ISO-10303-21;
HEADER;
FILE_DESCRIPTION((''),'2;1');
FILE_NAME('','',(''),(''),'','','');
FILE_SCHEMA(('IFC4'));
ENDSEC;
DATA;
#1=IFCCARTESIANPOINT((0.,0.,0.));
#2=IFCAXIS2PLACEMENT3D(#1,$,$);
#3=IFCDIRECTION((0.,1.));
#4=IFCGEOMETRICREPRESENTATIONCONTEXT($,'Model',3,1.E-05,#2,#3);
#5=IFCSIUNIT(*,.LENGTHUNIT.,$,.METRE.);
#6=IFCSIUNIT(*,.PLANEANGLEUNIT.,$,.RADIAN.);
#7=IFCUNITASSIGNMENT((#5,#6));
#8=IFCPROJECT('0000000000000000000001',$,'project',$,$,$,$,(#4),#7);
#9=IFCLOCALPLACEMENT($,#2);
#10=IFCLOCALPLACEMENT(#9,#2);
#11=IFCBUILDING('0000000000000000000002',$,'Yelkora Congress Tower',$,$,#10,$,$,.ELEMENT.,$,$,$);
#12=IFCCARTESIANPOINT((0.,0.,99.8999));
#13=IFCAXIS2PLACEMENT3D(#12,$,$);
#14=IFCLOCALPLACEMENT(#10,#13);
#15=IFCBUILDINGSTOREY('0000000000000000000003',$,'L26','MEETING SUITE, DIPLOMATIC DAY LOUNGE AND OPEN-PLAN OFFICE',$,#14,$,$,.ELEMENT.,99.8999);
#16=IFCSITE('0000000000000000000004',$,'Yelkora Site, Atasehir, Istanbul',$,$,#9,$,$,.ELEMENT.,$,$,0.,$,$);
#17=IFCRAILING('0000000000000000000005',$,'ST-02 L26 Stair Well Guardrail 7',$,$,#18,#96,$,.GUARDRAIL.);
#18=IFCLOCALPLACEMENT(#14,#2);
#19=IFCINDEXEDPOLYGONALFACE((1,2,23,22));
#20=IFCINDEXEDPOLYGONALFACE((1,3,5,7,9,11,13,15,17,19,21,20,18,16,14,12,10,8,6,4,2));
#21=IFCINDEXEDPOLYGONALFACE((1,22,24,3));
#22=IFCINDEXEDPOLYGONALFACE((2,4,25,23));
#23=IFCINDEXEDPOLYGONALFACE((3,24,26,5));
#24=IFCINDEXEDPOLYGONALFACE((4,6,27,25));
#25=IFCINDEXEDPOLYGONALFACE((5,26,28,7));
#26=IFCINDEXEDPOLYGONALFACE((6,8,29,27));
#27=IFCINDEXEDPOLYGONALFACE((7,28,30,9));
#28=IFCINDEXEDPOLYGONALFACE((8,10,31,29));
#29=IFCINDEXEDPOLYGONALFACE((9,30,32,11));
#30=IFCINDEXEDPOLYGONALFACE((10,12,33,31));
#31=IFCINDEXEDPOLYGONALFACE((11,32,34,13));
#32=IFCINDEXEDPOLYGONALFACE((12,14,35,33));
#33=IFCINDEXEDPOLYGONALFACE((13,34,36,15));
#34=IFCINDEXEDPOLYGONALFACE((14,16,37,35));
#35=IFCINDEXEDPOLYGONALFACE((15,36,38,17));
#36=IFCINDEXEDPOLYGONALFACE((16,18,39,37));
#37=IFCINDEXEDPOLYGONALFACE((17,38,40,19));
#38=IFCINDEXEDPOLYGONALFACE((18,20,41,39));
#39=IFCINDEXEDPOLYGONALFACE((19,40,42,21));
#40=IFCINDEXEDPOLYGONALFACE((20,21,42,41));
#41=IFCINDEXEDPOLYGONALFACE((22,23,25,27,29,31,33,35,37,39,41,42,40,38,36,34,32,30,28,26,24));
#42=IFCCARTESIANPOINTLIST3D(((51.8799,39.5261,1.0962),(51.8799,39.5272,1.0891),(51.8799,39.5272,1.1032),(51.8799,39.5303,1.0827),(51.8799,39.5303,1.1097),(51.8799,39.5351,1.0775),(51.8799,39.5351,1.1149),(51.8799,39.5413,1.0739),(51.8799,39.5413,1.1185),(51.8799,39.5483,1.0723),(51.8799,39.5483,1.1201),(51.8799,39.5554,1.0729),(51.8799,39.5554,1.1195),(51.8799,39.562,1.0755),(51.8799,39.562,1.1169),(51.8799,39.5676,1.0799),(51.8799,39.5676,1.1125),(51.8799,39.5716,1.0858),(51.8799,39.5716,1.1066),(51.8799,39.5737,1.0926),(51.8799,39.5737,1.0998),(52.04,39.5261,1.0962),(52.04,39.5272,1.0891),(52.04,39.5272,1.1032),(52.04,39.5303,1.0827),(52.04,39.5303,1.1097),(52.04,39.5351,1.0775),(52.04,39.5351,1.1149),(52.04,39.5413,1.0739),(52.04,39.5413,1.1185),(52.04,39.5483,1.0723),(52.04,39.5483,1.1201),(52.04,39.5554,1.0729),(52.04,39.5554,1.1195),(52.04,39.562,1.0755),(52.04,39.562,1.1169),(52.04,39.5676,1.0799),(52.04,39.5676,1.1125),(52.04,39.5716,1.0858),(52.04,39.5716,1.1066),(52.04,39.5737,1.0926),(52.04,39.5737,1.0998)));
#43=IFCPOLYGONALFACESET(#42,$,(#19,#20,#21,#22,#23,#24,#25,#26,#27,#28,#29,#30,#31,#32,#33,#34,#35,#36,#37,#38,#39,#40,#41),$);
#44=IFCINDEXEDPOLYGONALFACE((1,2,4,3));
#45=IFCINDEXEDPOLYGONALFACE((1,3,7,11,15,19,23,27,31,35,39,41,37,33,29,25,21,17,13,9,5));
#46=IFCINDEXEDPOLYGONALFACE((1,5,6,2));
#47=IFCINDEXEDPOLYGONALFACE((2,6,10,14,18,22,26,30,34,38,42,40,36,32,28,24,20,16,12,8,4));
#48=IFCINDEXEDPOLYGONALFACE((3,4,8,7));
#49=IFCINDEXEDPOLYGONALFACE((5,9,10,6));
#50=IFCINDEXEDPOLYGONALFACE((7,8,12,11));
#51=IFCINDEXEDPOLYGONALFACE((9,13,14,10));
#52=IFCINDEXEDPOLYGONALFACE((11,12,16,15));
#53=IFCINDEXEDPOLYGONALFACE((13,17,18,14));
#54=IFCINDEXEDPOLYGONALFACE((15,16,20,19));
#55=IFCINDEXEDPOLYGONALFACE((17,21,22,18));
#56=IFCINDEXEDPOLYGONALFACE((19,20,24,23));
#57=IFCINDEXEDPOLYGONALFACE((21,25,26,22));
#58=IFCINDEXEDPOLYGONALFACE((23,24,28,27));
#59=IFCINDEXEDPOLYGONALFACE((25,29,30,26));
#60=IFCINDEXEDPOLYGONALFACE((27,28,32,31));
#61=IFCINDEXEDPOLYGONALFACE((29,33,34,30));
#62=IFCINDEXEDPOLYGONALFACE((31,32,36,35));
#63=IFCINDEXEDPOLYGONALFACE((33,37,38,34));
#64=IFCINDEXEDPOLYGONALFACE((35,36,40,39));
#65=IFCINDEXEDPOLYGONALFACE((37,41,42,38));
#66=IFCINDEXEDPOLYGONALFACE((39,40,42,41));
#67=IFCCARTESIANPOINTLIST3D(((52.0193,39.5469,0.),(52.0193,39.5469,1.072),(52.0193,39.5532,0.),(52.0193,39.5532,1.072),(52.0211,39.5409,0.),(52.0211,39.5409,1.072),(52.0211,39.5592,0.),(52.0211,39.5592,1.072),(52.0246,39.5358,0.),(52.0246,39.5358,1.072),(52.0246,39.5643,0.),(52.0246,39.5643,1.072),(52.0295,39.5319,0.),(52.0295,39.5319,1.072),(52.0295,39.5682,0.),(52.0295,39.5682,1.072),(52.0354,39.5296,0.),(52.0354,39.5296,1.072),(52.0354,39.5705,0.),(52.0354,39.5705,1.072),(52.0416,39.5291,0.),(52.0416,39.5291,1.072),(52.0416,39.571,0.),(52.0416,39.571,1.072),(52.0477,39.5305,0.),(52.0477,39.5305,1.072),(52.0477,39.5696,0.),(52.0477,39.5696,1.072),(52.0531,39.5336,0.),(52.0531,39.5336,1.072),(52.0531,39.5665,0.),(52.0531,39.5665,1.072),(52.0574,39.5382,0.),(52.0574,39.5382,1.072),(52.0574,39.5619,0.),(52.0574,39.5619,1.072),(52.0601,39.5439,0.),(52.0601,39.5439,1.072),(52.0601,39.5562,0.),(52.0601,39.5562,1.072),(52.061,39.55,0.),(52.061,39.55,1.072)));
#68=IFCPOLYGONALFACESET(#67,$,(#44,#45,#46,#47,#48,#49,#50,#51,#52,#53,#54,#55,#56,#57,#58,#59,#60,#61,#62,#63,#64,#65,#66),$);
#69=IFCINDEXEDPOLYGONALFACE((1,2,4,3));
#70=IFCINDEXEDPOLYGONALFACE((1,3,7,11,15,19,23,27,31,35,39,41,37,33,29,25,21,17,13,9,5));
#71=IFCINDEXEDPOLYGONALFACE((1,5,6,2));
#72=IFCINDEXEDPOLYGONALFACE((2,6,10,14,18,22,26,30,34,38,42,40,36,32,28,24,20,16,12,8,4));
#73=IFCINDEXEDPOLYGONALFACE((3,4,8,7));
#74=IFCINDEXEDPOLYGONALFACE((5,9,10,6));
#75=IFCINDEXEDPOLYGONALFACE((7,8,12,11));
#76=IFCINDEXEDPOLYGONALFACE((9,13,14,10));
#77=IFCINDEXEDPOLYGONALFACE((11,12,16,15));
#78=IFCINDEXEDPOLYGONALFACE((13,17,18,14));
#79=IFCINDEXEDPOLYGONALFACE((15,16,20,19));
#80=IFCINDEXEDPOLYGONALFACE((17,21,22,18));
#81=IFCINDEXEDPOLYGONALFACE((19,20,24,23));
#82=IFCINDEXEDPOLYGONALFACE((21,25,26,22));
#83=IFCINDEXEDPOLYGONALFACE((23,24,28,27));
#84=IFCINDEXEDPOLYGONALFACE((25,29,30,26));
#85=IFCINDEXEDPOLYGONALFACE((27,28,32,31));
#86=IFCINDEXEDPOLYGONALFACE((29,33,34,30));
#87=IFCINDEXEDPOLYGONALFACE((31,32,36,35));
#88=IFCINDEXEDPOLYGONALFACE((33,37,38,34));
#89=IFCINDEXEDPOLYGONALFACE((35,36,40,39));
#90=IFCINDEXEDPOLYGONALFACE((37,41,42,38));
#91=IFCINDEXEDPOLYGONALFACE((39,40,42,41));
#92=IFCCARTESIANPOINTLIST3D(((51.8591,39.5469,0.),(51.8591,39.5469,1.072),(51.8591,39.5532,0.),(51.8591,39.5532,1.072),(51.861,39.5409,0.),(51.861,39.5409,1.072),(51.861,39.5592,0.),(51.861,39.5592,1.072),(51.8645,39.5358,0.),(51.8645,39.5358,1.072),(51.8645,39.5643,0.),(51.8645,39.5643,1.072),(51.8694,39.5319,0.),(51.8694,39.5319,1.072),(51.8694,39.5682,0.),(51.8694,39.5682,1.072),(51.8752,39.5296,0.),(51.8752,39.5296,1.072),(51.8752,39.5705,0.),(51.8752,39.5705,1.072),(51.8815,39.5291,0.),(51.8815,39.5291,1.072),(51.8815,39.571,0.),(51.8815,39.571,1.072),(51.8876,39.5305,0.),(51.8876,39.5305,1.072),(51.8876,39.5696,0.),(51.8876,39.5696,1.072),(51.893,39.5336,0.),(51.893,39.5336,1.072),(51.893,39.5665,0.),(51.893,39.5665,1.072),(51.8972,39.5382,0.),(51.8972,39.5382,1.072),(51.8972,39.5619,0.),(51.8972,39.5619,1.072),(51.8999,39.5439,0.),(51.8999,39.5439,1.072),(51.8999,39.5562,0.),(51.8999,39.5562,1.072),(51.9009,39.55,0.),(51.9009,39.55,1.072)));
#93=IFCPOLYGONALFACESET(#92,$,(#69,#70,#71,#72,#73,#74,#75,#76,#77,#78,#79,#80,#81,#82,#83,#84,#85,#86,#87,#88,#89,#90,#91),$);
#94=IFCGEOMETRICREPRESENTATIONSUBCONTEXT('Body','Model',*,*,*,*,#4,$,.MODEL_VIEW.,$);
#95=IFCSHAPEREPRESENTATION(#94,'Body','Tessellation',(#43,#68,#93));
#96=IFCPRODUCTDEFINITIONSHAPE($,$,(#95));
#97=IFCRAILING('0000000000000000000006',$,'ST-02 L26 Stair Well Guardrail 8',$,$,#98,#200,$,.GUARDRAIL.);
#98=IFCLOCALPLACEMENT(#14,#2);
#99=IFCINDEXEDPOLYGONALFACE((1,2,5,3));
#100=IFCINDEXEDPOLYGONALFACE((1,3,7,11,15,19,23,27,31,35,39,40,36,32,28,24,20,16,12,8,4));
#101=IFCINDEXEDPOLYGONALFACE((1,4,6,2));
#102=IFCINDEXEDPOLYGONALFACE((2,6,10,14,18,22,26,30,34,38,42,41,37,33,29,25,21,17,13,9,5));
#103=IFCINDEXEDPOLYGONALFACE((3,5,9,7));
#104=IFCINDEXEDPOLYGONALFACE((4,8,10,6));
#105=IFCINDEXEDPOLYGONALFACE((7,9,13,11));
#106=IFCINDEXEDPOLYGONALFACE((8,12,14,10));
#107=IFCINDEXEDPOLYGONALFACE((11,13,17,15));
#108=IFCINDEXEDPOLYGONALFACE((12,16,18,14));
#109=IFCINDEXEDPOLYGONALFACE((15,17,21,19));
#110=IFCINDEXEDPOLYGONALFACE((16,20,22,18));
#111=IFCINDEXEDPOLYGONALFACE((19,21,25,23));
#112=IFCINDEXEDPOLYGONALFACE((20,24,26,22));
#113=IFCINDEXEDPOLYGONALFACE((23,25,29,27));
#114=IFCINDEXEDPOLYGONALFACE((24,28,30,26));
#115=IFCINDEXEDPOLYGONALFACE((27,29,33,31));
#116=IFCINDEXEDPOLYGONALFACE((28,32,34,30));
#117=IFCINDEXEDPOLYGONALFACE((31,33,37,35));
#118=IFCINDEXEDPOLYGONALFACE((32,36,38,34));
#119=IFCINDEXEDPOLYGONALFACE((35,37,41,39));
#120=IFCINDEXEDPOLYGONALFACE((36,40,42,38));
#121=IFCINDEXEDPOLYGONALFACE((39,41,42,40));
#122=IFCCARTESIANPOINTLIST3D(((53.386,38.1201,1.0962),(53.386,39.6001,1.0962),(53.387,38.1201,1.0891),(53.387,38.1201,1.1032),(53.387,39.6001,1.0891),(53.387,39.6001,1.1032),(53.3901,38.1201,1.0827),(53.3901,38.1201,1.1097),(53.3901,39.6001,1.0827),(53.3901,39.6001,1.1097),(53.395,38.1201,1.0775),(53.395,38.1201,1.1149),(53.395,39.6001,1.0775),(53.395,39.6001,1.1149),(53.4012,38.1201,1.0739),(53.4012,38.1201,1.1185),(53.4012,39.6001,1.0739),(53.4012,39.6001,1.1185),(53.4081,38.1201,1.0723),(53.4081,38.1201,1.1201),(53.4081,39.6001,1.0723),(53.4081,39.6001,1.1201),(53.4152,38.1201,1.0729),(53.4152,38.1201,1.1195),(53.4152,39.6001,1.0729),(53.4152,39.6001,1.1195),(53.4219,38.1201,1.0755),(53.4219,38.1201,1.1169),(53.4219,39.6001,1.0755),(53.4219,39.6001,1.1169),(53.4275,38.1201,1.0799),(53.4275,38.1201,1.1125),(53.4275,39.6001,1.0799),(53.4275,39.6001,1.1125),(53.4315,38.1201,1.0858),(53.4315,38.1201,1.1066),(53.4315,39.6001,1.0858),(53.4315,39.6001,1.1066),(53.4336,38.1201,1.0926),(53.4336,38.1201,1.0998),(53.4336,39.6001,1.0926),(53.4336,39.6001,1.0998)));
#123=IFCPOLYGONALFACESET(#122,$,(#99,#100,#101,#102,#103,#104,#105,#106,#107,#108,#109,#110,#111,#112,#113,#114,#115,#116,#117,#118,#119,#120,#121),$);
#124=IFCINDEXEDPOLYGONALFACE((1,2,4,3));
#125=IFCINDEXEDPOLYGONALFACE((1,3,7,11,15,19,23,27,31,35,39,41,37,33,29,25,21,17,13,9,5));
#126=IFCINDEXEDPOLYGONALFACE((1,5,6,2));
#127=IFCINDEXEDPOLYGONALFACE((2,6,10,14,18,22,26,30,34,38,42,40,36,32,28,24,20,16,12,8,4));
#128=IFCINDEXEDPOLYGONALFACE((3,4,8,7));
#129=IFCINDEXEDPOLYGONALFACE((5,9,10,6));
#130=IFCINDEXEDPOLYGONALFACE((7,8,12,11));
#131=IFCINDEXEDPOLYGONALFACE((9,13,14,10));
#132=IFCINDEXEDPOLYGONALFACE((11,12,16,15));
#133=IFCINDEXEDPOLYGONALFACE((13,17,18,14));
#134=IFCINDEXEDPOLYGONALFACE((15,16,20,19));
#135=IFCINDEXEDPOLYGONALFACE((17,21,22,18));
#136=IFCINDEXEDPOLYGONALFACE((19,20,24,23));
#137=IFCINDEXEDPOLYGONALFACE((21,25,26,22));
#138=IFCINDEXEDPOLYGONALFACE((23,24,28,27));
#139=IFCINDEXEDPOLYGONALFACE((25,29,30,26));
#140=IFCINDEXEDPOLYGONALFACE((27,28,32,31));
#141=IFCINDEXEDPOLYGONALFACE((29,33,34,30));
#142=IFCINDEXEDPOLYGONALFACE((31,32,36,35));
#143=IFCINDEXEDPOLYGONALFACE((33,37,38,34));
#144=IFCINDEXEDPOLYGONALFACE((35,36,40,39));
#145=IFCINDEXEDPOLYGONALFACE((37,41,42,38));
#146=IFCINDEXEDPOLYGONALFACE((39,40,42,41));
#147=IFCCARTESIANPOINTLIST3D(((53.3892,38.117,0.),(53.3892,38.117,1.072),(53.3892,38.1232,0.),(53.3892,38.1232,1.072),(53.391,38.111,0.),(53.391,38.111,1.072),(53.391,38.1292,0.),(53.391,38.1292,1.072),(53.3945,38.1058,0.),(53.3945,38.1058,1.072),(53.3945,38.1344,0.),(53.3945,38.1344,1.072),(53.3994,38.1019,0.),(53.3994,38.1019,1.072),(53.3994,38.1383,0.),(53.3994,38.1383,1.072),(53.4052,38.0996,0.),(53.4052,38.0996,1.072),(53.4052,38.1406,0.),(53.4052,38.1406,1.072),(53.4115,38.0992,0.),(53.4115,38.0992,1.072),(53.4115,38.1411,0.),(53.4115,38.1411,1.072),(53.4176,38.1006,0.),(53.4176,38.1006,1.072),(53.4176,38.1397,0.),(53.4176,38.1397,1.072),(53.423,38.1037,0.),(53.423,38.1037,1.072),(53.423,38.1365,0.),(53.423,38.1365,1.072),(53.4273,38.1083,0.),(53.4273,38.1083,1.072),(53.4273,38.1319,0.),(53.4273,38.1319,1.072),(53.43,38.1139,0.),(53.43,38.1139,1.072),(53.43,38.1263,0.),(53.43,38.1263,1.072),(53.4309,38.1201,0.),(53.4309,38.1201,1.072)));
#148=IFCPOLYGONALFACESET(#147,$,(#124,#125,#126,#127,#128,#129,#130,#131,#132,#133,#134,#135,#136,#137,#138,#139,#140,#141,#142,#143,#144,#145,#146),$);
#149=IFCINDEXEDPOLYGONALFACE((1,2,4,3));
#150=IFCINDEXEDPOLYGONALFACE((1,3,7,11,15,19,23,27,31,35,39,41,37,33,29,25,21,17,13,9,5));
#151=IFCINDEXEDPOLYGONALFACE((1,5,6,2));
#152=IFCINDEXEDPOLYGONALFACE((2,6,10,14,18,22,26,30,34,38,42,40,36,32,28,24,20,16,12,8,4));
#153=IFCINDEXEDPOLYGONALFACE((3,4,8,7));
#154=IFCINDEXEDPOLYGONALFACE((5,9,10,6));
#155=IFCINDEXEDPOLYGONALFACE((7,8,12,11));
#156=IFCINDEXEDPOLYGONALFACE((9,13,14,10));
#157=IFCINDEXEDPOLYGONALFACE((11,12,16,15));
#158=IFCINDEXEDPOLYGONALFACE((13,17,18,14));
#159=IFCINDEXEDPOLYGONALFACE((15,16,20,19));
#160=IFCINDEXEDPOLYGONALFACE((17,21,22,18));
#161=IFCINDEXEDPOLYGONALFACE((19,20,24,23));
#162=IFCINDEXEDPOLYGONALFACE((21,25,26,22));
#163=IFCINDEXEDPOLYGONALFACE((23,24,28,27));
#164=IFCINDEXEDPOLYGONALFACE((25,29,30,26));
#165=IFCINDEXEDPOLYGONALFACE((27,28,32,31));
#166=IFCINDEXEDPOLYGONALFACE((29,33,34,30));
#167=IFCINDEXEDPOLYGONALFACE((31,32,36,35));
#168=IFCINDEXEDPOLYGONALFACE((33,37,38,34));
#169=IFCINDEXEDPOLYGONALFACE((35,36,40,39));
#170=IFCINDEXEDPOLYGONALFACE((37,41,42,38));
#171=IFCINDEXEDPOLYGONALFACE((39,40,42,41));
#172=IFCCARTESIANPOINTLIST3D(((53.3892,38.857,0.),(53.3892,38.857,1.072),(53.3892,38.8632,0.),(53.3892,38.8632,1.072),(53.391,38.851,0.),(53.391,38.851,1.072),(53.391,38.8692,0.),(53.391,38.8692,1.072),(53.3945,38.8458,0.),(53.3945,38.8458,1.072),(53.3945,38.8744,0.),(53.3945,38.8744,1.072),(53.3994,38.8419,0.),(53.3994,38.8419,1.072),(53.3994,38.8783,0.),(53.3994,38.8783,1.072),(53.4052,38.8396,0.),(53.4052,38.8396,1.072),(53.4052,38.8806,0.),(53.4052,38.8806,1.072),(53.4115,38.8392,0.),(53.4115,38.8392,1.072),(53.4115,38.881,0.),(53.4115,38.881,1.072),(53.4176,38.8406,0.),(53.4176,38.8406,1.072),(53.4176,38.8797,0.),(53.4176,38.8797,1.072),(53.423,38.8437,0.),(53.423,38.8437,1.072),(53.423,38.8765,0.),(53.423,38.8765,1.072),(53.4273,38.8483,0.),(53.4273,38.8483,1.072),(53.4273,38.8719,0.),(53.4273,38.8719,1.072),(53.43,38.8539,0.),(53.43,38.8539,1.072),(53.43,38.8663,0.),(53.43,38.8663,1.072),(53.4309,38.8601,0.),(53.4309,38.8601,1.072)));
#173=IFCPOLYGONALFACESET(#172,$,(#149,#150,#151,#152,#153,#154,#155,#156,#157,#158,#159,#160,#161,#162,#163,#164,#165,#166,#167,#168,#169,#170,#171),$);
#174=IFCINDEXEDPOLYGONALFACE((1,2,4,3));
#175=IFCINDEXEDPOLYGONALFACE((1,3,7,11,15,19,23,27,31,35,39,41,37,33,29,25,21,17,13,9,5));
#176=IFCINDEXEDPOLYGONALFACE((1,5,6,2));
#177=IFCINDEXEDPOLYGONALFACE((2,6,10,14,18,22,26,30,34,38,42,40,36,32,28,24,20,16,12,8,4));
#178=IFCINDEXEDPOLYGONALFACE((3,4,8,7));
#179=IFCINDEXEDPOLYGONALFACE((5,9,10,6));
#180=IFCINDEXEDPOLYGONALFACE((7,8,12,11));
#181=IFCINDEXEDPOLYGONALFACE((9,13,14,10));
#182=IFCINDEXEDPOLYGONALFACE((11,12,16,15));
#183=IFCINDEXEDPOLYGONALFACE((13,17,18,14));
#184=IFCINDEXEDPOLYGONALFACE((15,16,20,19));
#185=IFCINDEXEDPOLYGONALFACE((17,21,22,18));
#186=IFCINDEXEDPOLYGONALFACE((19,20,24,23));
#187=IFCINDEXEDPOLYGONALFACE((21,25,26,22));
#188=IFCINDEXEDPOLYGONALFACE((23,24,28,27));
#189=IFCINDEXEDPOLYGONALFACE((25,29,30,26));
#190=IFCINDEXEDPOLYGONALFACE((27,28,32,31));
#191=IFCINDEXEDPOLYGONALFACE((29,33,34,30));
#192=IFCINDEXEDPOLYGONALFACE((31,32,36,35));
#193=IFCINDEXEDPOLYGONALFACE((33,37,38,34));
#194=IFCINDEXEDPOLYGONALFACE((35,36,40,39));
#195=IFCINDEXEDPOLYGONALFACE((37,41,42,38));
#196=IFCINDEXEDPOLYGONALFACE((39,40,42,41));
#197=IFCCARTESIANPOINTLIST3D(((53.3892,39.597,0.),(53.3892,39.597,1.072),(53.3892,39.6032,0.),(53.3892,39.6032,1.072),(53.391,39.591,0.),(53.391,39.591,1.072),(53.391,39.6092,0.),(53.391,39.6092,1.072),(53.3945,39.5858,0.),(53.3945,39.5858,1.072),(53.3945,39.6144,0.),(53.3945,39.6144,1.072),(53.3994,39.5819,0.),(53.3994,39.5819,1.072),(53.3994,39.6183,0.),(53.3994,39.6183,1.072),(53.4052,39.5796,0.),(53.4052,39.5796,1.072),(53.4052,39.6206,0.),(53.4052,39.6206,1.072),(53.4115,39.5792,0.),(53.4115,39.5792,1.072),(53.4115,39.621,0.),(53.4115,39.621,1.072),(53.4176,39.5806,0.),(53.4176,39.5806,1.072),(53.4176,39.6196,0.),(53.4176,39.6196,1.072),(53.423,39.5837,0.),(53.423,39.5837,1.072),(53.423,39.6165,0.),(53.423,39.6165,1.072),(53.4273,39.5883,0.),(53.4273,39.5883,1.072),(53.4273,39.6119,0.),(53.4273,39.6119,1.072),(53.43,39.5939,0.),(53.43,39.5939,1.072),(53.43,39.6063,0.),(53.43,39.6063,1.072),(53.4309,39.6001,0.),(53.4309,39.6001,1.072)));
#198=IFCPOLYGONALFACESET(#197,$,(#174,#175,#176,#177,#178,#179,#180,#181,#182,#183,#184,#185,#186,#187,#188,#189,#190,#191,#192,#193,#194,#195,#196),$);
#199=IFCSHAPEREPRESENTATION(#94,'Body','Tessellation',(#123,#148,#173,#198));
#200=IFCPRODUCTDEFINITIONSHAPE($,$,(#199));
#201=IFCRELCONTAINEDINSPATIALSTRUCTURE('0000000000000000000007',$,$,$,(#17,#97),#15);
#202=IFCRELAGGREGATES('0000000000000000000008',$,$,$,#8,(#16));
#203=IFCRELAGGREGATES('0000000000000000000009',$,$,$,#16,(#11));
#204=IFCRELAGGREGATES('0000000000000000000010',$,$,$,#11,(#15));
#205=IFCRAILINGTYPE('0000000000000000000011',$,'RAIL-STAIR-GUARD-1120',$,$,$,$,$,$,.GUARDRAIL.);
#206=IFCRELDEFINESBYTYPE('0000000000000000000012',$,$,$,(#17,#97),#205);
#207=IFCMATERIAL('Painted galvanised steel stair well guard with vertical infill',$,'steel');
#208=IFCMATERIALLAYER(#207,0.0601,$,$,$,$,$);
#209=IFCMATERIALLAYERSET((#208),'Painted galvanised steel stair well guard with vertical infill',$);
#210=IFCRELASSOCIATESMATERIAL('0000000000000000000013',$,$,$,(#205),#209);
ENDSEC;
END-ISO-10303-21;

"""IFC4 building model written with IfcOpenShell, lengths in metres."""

from ifc_helpers import new_model, si_unit, direction, frame, origin, origin_2d, place, context, subcontext, project, spatial, circle, extrude, material, layer, layer_set, type_object, element, save


model = new_model("IFC4")

# Units and contexts
model_context = context("Model", 3, precision=1e-05, world=origin(), true_north=direction((0.0, 1.0)))
body_context = subcontext(model_context, "Body", "Model", "MODEL_VIEW")
ifc_project = project(units=[si_unit("LENGTHUNIT", "METRE"), si_unit("PLANEANGLEUNIT", "RADIAN")], contexts=[model_context])

# Site, building, storey
site_placement = place(None, origin())
site = spatial("IfcSite", under=ifc_project, at=site_placement, Name="Yelkora Site, Atasehir, Istanbul", CompositionType="ELEMENT", RefElevation=0.0)
building_placement = place(site_placement, origin())
building = spatial("IfcBuilding", under=site, at=building_placement, Name="Yelkora Congress Tower", CompositionType="ELEMENT")
storey_placement = place(building_placement, frame((0.0, 0.0, 99.8999)))
storey = spatial("IfcBuildingStorey", under=building, at=storey_placement, Name="L26", Description="MEETING SUITE, DIPLOMATIC DAY LOUNGE AND OPEN-PLAN OFFICE", CompositionType="ELEMENT", Elevation=99.8999)

# Railings
ifc_material_1 = material(Name="Painted galvanised steel stair well guard with vertical infill", Category="steel")
ifc_layer_1 = layer(ifc_material_1, 0.0601)
ifc_layer_set_1 = layer_set([ifc_layer_1], Name="Painted galvanised steel stair well guard with vertical infill")
railing_type_1 = type_object("IfcRailingType", Name="RAIL-STAIR-GUARD-1120", PredefinedType="GUARDRAIL", material=ifc_layer_set_1)
railing_1_placement = place(storey_placement, frame((52.04, 39.55, 0.0)))
element("IfcRailing", 1, at=railing_1_placement, inside=storey, type_object=railing_type_1, Name="ST-02 L26 Stair Well Guardrail 7", PredefinedType="GUARDRAIL", context=body_context, shape_type="SweptSolid", body=[
    extrude(circle(Radius=0.0239, at=origin_2d()), frame((0.0, 0.0, 1.0962), z_axis=(-1.0, 0.0, 0.0), x_axis=(0.0, -1.0, 0.0)), (0.0, 0.0, 1.0), 0.1602),
    extrude(circle(Radius=0.021, at=origin_2d()), origin(), (0.0, 0.0, 1.0), 1.072),
    extrude(circle(Radius=0.021, at=origin_2d()), frame((-0.1602, 0.0, 0.0)), (0.0, 0.0, 1.0), 1.072),
])
for number, where, name in (
    (2, (53.4099, 38.1201, 0.0), "ST-02 L26 Stair Well Guardrail 8"),
):
    element("IfcRailing", number, at=place(storey_placement, frame(where)), inside=storey, type_object=railing_type_1, Name=name, PredefinedType="GUARDRAIL", context=body_context, shape_type="SweptSolid", body=[
        extrude(circle(Radius=0.0239, at=origin_2d()), frame((0.0, 0.0, 1.0962), z_axis=(0.0, 1.0, 0.0), x_axis=(-1.0, 0.0, 0.0)), (0.0, 0.0, 1.0), 1.48),
        extrude(circle(Radius=0.021, at=origin_2d()), origin(), (0.0, 0.0, 1.0), 1.072),
        extrude(circle(Radius=0.021, at=origin_2d()), frame((0.0, 0.74, 0.0)), (0.0, 0.0, 1.0), 1.072),
        extrude(circle(Radius=0.021, at=origin_2d()), frame((0.0, 1.48, 0.0)), (0.0, 0.0, 1.0), 1.072),
    ])

save(model, "model.ifc")
